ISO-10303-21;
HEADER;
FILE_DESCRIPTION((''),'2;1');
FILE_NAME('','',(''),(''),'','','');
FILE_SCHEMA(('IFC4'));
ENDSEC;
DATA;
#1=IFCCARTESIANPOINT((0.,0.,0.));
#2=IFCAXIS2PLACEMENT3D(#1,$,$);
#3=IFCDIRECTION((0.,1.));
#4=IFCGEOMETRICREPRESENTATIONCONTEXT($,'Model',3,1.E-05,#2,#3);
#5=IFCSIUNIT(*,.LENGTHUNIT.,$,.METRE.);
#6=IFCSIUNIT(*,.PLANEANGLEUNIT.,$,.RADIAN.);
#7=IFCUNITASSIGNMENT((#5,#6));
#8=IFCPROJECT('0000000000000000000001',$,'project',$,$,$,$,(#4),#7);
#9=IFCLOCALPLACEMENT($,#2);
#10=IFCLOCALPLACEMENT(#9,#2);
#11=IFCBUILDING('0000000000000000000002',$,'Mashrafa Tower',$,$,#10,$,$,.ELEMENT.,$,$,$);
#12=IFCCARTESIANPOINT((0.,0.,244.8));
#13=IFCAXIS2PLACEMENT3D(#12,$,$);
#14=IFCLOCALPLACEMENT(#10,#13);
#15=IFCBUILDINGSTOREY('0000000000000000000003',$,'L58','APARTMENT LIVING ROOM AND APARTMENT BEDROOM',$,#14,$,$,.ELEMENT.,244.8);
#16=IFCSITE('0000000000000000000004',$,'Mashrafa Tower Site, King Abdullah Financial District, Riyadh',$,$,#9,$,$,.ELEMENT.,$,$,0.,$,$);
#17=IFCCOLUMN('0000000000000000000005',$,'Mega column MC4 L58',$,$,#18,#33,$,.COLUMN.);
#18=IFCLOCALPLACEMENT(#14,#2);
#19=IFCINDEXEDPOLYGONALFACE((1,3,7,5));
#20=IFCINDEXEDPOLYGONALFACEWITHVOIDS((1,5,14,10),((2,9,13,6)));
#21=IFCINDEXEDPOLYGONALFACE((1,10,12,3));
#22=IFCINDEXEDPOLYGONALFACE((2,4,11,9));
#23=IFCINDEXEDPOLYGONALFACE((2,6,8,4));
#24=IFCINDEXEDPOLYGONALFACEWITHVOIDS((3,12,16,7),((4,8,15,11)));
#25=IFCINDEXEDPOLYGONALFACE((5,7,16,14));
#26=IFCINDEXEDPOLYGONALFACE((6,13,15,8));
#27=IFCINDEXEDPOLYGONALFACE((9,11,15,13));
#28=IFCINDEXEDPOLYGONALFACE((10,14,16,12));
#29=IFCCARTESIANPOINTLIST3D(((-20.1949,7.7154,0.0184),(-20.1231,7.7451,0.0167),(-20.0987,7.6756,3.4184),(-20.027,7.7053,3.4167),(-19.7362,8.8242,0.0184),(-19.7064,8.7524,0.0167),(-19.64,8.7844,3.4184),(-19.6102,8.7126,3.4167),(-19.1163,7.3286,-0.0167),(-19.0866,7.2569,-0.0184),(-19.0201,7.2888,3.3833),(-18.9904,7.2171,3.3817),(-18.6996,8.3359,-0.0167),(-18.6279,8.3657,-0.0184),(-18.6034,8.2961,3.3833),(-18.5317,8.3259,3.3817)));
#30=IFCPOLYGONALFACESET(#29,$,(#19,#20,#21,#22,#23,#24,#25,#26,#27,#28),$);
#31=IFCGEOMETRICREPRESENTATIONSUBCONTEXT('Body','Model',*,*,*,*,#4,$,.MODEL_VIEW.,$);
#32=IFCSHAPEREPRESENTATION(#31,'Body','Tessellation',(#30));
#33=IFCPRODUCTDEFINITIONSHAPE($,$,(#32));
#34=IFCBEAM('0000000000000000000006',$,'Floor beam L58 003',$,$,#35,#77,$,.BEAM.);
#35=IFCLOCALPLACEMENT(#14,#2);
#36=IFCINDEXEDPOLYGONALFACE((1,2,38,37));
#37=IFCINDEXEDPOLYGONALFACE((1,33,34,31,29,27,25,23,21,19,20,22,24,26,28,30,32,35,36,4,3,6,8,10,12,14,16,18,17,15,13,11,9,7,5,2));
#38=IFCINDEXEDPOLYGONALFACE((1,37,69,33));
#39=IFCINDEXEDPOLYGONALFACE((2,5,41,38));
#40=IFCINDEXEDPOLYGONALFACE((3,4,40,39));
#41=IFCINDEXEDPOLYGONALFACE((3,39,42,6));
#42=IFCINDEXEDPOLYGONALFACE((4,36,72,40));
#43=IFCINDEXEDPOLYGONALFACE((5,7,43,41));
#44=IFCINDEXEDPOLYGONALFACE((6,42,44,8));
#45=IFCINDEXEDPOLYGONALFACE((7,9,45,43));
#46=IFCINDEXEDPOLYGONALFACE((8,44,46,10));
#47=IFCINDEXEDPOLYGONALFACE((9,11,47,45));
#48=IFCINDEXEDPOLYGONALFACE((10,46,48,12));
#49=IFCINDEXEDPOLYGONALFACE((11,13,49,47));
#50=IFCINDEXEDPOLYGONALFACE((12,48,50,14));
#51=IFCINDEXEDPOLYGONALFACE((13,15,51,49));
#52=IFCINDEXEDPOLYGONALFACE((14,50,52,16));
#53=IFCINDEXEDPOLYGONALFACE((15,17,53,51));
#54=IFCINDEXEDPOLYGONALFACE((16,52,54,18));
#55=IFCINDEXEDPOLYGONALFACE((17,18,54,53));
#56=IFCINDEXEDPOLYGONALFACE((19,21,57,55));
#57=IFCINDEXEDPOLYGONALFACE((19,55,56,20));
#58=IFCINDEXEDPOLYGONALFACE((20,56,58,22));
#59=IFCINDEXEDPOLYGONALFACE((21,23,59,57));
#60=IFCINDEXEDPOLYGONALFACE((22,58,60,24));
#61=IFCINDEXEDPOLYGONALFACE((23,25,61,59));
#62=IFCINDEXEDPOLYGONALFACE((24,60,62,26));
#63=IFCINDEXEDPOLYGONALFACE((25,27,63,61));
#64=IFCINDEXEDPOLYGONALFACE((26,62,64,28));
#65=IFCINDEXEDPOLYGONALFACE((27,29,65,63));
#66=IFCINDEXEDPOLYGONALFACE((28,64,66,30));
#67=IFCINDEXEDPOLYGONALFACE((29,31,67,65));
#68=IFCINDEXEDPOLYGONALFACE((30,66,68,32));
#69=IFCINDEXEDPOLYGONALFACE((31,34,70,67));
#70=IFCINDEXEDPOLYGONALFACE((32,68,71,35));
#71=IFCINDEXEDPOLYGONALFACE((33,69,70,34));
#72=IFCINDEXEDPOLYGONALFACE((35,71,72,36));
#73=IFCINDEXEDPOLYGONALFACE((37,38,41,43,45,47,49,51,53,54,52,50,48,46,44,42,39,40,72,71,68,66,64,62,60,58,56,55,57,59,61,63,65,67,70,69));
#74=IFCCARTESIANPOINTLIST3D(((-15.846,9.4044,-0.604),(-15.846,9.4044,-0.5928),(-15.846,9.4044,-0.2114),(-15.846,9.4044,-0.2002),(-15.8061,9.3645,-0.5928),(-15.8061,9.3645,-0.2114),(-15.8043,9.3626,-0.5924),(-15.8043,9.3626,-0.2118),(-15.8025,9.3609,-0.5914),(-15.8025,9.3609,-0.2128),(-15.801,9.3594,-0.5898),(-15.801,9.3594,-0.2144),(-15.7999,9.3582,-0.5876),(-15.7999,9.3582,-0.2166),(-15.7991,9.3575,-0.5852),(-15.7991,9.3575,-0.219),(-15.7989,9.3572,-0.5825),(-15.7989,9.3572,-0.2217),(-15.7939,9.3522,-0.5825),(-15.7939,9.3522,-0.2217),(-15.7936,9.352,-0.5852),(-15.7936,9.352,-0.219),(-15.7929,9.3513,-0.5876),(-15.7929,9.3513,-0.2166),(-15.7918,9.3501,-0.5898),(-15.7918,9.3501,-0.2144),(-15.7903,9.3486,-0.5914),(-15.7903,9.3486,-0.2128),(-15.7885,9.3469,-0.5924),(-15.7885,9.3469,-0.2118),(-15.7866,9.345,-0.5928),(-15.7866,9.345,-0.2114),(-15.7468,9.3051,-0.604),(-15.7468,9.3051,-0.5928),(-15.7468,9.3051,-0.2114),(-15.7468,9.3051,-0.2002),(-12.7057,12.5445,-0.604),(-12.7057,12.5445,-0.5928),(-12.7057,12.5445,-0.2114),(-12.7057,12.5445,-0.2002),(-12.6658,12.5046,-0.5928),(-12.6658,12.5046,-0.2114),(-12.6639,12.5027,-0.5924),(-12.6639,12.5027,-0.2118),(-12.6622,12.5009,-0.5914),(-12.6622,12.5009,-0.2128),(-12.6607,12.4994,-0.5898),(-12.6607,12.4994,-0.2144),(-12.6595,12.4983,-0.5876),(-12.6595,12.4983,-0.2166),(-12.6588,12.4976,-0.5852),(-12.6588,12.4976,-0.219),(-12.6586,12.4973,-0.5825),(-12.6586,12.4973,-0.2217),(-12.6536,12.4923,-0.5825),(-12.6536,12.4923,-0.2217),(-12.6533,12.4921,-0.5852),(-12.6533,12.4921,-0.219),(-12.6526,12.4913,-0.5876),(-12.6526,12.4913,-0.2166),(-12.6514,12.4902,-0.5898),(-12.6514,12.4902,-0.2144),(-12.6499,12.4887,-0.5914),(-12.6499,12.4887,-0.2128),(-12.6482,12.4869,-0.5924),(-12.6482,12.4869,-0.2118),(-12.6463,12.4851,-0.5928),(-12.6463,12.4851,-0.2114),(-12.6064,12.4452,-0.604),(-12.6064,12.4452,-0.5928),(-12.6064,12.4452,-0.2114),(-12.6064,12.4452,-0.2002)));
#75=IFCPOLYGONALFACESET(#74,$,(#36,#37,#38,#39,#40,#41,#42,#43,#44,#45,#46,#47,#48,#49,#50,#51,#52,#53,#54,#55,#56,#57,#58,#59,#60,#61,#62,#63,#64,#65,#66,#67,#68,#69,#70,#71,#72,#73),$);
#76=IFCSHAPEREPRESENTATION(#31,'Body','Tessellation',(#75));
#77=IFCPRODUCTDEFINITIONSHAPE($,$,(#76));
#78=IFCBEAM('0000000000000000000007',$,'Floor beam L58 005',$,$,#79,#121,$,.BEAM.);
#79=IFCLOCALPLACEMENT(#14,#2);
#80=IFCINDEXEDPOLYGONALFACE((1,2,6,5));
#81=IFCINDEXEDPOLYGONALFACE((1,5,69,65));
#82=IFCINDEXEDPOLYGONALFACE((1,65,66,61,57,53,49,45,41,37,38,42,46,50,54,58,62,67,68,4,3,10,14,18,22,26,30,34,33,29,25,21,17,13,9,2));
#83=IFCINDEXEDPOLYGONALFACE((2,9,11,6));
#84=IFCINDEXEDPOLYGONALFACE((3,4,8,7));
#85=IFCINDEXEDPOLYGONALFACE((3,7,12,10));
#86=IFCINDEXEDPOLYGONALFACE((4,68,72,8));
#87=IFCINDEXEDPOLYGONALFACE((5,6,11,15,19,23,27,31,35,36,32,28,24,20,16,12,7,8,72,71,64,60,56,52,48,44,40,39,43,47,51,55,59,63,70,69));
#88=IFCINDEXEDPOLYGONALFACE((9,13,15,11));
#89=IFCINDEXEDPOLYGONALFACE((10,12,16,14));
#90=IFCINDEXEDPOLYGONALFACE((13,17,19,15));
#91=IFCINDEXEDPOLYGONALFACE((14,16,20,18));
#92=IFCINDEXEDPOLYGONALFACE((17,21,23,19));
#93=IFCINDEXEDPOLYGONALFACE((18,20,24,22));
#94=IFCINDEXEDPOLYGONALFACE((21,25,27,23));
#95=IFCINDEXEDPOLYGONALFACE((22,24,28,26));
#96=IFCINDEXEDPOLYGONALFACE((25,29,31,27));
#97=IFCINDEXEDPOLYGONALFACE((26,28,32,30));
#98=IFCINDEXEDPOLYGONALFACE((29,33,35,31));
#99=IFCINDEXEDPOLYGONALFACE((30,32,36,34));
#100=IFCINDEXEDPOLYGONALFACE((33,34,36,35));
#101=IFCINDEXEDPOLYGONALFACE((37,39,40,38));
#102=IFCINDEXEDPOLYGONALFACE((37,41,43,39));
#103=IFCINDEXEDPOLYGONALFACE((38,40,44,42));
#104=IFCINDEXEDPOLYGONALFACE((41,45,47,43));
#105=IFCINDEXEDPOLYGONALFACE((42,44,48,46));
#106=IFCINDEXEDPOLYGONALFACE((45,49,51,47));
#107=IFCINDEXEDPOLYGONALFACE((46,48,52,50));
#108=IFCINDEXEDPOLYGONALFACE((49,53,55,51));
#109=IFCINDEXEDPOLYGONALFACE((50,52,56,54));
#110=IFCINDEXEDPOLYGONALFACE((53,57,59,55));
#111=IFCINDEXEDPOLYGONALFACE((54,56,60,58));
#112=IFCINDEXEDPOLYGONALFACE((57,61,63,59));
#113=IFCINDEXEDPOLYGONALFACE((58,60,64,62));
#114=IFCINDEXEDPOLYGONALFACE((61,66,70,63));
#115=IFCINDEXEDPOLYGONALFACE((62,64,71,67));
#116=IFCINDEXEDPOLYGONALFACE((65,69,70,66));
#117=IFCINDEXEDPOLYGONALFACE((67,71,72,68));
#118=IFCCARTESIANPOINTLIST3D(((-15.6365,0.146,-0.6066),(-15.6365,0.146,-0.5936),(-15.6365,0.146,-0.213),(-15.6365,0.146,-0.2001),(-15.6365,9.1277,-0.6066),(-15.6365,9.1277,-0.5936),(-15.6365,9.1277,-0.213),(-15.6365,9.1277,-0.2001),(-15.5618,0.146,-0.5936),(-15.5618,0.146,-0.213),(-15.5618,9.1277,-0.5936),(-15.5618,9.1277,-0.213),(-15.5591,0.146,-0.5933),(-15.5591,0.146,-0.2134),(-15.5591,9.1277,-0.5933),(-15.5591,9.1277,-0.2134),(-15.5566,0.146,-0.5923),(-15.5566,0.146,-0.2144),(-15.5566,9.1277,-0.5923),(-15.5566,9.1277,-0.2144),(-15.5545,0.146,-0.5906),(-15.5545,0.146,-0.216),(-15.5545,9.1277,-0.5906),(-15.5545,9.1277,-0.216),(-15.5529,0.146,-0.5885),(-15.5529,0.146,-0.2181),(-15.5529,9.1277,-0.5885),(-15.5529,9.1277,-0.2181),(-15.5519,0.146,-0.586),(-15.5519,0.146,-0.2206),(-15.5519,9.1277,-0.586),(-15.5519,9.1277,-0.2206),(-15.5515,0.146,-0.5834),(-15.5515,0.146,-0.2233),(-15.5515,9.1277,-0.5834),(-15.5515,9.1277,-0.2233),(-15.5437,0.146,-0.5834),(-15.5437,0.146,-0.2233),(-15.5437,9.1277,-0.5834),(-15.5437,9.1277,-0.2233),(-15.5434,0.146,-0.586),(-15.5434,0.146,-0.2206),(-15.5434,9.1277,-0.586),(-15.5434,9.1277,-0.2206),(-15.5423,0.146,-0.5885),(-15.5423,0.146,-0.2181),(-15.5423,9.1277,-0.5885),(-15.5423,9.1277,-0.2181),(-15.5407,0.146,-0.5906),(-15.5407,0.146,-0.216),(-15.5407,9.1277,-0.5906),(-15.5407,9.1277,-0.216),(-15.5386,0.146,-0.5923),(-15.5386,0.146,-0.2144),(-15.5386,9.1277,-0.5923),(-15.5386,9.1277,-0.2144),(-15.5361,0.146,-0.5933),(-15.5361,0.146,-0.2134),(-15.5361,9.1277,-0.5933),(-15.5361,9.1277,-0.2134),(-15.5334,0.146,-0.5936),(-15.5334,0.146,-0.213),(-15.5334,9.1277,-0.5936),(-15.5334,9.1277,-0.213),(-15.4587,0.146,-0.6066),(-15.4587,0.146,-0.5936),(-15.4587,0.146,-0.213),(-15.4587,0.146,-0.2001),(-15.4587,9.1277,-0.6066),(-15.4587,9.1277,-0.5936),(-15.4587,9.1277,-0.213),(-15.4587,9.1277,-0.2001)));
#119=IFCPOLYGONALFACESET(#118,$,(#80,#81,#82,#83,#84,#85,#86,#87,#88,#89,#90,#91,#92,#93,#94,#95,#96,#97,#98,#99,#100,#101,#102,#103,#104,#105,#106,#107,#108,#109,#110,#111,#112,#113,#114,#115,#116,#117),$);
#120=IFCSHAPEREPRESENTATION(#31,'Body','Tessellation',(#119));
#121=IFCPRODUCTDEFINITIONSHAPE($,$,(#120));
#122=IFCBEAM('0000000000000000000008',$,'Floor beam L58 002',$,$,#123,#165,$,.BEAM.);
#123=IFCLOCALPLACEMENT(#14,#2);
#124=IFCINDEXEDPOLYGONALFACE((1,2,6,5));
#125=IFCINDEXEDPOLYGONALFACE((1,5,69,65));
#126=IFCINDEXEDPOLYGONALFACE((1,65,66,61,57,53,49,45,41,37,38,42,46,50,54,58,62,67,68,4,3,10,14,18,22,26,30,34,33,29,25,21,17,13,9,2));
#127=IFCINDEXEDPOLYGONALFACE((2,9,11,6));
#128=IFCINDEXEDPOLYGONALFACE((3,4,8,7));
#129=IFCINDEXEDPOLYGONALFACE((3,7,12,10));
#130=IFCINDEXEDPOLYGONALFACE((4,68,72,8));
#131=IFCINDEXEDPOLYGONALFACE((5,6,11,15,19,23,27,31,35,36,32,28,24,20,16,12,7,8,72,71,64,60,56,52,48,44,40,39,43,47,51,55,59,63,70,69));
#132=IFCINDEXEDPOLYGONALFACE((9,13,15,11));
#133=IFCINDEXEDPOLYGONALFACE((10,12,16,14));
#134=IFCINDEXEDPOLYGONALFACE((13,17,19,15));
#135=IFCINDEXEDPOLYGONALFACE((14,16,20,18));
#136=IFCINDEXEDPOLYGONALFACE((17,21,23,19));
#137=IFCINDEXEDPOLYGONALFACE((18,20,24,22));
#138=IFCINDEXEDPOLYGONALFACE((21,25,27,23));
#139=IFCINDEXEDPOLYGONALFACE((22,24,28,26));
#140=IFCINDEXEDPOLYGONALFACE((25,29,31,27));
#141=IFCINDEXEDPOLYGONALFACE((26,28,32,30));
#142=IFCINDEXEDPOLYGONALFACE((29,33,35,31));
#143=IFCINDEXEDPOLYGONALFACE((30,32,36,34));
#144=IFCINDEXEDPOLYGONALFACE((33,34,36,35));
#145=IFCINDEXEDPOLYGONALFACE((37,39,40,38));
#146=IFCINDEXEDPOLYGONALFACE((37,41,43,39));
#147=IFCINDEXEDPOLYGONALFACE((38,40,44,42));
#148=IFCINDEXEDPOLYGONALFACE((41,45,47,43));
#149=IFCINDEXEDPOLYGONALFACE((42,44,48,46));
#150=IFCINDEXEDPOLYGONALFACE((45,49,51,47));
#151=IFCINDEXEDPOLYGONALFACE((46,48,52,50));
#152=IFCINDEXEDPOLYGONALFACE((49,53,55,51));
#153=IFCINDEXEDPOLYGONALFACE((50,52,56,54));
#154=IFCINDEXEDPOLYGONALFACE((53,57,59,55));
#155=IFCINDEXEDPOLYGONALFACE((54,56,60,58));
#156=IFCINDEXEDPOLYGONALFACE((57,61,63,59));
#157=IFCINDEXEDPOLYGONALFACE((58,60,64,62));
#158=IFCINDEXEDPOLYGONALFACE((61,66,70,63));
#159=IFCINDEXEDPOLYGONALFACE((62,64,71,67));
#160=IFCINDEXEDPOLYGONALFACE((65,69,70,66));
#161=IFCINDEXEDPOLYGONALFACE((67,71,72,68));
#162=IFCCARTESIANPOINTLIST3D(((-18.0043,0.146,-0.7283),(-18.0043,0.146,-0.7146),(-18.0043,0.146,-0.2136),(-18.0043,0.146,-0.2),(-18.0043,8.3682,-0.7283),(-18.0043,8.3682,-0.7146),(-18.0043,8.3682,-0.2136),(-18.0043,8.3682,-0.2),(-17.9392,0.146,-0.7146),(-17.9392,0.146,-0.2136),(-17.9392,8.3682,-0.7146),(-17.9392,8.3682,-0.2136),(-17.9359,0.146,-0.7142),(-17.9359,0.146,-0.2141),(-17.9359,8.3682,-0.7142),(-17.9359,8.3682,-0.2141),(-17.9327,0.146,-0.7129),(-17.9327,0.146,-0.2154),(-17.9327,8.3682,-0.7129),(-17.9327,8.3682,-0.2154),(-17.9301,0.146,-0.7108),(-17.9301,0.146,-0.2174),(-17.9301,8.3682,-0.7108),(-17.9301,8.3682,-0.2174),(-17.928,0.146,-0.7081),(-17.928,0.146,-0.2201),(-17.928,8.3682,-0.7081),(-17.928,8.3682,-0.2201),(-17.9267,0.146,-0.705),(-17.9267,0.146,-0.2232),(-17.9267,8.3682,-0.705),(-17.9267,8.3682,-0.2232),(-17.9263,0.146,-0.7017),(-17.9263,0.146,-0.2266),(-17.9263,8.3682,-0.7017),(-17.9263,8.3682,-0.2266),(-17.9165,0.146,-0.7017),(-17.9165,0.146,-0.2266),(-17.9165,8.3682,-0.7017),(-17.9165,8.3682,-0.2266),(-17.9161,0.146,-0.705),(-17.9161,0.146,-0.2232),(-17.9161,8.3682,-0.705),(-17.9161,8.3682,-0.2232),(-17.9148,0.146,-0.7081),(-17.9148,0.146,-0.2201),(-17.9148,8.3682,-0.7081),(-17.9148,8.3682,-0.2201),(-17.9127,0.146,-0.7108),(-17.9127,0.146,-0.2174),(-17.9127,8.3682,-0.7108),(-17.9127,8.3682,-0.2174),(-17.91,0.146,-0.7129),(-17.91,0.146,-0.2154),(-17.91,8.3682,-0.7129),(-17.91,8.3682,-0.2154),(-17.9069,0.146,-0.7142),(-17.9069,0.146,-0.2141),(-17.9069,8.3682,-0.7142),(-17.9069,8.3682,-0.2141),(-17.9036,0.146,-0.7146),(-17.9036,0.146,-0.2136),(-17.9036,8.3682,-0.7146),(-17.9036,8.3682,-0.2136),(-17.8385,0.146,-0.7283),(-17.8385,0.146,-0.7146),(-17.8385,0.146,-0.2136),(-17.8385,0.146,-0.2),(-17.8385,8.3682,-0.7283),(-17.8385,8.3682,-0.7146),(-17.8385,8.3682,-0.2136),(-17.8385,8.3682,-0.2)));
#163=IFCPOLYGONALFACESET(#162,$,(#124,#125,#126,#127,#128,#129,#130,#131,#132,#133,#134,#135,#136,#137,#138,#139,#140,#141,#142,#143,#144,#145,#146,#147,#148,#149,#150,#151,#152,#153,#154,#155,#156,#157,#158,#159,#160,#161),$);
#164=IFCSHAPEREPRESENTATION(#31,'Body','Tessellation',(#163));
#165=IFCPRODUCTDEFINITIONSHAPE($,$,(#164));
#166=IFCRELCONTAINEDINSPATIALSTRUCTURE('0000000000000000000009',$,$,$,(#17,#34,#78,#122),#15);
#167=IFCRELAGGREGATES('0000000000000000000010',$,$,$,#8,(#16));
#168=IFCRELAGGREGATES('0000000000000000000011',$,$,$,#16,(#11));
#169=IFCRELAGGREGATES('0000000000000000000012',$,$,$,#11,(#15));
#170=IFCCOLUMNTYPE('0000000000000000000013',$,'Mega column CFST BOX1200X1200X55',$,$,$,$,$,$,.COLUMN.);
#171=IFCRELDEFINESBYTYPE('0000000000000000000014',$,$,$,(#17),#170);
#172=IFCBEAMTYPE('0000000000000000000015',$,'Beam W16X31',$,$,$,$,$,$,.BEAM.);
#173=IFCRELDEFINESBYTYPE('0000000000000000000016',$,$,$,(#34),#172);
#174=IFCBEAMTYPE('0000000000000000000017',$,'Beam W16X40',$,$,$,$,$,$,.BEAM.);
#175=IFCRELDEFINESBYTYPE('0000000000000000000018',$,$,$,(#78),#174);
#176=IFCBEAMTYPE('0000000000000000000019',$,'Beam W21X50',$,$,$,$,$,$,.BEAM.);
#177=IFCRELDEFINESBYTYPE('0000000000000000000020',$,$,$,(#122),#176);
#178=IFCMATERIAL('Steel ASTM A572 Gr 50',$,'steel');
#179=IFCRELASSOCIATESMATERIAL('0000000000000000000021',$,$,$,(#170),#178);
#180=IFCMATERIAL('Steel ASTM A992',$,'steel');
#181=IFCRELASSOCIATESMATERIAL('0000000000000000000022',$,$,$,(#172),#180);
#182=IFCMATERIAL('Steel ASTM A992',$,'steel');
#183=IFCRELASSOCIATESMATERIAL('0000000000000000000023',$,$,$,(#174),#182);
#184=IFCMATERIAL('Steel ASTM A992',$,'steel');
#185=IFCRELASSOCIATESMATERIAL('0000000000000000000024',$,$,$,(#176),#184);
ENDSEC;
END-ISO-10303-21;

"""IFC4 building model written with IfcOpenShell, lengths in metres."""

from ifc_helpers import new_model, si_unit, direction, frame, origin, origin_2d, place, context, subcontext, project, spatial, hollow_rectangle, i_section, extrude, material, material_profile, profile_set, type_object, element, save


model = new_model("IFC4")

# Units and contexts
model_context = context("Model", 3, precision=1e-05, world=origin(), true_north=direction((0.0, 1.0)))
body_context = subcontext(model_context, "Body", "Model", "MODEL_VIEW")
ifc_project = project(units=[si_unit("LENGTHUNIT", "METRE"), si_unit("PLANEANGLEUNIT", "RADIAN")], contexts=[model_context])

# Site, building, storey
site_placement = place(None, origin())
site = spatial("IfcSite", under=ifc_project, at=site_placement, Name="Mashrafa Tower Site, King Abdullah Financial District, Riyadh", CompositionType="ELEMENT", RefElevation=0.0)
building_placement = place(site_placement, origin())
building = spatial("IfcBuilding", under=site, at=building_placement, Name="Mashrafa Tower", CompositionType="ELEMENT")
storey_placement = place(building_placement, frame((0.0, 0.0, 244.8)))
storey = spatial("IfcBuildingStorey", under=building, at=storey_placement, Name="L58", Description="APARTMENT LIVING ROOM AND APARTMENT BEDROOM", CompositionType="ELEMENT", Elevation=244.8)

# Column
ifc_material_1 = material(Name="Steel ASTM A572 Gr 50", Category="steel")
ifc_material_profile_1 = material_profile(ifc_material_1, hollow_rectangle(XDim=1.2, YDim=1.2, WallThickness=0.0549, at=origin_2d()), Name="BOX1200X1200X55")
ifc_profile_set_1 = profile_set([ifc_material_profile_1], Name="Steel ASTM A572 Gr 50")
column_type = type_object("IfcColumnType", Name="Mega column CFST BOX1200X1200X55", PredefinedType="COLUMN", material=ifc_profile_set_1)
column_placement = place(storey_placement, frame((-19.4114, 8.0405, 0.0), z_axis=(0.028279, -0.011699, 0.999532), x_axis=(0.382283, 0.924045, 0.0)))
element("IfcColumn", 1, at=column_placement, inside=storey, type_object=column_type, Name="Mega column MC4 L58", PredefinedType="COLUMN", context=body_context, shape_type="SweptSolid", body=[
    extrude(hollow_rectangle(XDim=1.2, YDim=1.2, WallThickness=0.0549, at=origin_2d()), origin(), (0.0, 0.0, 1.0), 3.4016),
])

# Beams
ifc_material_2 = material(Name="Steel ASTM A992", Category="steel")
ifc_material_profile_2 = material_profile(ifc_material_2, i_section(OverallWidth=0.1404, OverallDepth=0.4038, WebThickness=0.0071, FlangeThickness=0.0112, FilletRadius=0.0103, at=origin_2d()), Name="W16X31")
ifc_profile_set_2 = profile_set([ifc_material_profile_2], Name="Steel ASTM A992")
beam_type_1 = type_object("IfcBeamType", Name="Beam W16X31", PredefinedType="BEAM", material=ifc_profile_set_2)
beam_1_placement = place(storey_placement, frame((-15.7964, 9.3547, -0.4021), z_axis=(0.707134, 0.707079, 0.0), x_axis=(-0.707079, 0.707134, 0.0)))
element("IfcBeam", 2, at=beam_1_placement, inside=storey, type_object=beam_type_1, Name="Floor beam L58 003", PredefinedType="BEAM", context=body_context, shape_type="SweptSolid", body=[
    extrude(i_section(OverallWidth=0.1404, OverallDepth=0.4038, WebThickness=0.0071, FlangeThickness=0.0112, FilletRadius=0.0103, at=origin_2d()), origin(), (0.0, 0.0, 1.0), 4.4409),
])
ifc_material_3 = material(Name="Steel ASTM A992", Category="steel")
ifc_material_profile_3 = material_profile(ifc_material_3, i_section(OverallWidth=0.1777, OverallDepth=0.4065, WebThickness=0.0078, FlangeThickness=0.0129, FilletRadius=0.0103, at=origin_2d()), Name="W16X40")
ifc_profile_set_3 = profile_set([ifc_material_profile_3], Name="Steel ASTM A992")
beam_type_2 = type_object("IfcBeamType", Name="Beam W16X40", PredefinedType="BEAM", material=ifc_profile_set_3)
beam_2_placement = place(storey_placement, frame((-15.5476, 0.146, -0.4033), z_axis=(0.0, 1.0, 0.0), x_axis=(-1.0, 0.0, 0.0)))
element("IfcBeam", 3, at=beam_2_placement, inside=storey, type_object=beam_type_2, Name="Floor beam L58 005", PredefinedType="BEAM", context=body_context, shape_type="SweptSolid", body=[
    extrude(i_section(OverallWidth=0.1777, OverallDepth=0.4065, WebThickness=0.0078, FlangeThickness=0.0129, FilletRadius=0.0103, at=origin_2d()), origin(), (0.0, 0.0, 1.0), 8.9817),
])
ifc_material_4 = material(Name="Steel ASTM A992", Category="steel")
ifc_material_profile_4 = material_profile(ifc_material_4, i_section(OverallWidth=0.1658, OverallDepth=0.5283, WebThickness=0.0098, FlangeThickness=0.0137, FilletRadius=0.0129, at=origin_2d()), Name="W21X50")
ifc_profile_set_4 = profile_set([ifc_material_profile_4], Name="Steel ASTM A992")
beam_type_3 = type_object("IfcBeamType", Name="Beam W21X50", PredefinedType="BEAM", material=ifc_profile_set_4)
beam_3_placement = place(storey_placement, frame((-17.9214, 0.146, -0.4641), z_axis=(0.0, 1.0, 0.0), x_axis=(-1.0, 0.0, 0.0)))
element("IfcBeam", 4, at=beam_3_placement, inside=storey, type_object=beam_type_3, Name="Floor beam L58 002", PredefinedType="BEAM", context=body_context, shape_type="SweptSolid", body=[
    extrude(i_section(OverallWidth=0.1658, OverallDepth=0.5283, WebThickness=0.0098, FlangeThickness=0.0137, FilletRadius=0.0129, at=origin_2d()), origin(), (0.0, 0.0, 1.0), 8.2222),
])

save(model, "model.ifc")
